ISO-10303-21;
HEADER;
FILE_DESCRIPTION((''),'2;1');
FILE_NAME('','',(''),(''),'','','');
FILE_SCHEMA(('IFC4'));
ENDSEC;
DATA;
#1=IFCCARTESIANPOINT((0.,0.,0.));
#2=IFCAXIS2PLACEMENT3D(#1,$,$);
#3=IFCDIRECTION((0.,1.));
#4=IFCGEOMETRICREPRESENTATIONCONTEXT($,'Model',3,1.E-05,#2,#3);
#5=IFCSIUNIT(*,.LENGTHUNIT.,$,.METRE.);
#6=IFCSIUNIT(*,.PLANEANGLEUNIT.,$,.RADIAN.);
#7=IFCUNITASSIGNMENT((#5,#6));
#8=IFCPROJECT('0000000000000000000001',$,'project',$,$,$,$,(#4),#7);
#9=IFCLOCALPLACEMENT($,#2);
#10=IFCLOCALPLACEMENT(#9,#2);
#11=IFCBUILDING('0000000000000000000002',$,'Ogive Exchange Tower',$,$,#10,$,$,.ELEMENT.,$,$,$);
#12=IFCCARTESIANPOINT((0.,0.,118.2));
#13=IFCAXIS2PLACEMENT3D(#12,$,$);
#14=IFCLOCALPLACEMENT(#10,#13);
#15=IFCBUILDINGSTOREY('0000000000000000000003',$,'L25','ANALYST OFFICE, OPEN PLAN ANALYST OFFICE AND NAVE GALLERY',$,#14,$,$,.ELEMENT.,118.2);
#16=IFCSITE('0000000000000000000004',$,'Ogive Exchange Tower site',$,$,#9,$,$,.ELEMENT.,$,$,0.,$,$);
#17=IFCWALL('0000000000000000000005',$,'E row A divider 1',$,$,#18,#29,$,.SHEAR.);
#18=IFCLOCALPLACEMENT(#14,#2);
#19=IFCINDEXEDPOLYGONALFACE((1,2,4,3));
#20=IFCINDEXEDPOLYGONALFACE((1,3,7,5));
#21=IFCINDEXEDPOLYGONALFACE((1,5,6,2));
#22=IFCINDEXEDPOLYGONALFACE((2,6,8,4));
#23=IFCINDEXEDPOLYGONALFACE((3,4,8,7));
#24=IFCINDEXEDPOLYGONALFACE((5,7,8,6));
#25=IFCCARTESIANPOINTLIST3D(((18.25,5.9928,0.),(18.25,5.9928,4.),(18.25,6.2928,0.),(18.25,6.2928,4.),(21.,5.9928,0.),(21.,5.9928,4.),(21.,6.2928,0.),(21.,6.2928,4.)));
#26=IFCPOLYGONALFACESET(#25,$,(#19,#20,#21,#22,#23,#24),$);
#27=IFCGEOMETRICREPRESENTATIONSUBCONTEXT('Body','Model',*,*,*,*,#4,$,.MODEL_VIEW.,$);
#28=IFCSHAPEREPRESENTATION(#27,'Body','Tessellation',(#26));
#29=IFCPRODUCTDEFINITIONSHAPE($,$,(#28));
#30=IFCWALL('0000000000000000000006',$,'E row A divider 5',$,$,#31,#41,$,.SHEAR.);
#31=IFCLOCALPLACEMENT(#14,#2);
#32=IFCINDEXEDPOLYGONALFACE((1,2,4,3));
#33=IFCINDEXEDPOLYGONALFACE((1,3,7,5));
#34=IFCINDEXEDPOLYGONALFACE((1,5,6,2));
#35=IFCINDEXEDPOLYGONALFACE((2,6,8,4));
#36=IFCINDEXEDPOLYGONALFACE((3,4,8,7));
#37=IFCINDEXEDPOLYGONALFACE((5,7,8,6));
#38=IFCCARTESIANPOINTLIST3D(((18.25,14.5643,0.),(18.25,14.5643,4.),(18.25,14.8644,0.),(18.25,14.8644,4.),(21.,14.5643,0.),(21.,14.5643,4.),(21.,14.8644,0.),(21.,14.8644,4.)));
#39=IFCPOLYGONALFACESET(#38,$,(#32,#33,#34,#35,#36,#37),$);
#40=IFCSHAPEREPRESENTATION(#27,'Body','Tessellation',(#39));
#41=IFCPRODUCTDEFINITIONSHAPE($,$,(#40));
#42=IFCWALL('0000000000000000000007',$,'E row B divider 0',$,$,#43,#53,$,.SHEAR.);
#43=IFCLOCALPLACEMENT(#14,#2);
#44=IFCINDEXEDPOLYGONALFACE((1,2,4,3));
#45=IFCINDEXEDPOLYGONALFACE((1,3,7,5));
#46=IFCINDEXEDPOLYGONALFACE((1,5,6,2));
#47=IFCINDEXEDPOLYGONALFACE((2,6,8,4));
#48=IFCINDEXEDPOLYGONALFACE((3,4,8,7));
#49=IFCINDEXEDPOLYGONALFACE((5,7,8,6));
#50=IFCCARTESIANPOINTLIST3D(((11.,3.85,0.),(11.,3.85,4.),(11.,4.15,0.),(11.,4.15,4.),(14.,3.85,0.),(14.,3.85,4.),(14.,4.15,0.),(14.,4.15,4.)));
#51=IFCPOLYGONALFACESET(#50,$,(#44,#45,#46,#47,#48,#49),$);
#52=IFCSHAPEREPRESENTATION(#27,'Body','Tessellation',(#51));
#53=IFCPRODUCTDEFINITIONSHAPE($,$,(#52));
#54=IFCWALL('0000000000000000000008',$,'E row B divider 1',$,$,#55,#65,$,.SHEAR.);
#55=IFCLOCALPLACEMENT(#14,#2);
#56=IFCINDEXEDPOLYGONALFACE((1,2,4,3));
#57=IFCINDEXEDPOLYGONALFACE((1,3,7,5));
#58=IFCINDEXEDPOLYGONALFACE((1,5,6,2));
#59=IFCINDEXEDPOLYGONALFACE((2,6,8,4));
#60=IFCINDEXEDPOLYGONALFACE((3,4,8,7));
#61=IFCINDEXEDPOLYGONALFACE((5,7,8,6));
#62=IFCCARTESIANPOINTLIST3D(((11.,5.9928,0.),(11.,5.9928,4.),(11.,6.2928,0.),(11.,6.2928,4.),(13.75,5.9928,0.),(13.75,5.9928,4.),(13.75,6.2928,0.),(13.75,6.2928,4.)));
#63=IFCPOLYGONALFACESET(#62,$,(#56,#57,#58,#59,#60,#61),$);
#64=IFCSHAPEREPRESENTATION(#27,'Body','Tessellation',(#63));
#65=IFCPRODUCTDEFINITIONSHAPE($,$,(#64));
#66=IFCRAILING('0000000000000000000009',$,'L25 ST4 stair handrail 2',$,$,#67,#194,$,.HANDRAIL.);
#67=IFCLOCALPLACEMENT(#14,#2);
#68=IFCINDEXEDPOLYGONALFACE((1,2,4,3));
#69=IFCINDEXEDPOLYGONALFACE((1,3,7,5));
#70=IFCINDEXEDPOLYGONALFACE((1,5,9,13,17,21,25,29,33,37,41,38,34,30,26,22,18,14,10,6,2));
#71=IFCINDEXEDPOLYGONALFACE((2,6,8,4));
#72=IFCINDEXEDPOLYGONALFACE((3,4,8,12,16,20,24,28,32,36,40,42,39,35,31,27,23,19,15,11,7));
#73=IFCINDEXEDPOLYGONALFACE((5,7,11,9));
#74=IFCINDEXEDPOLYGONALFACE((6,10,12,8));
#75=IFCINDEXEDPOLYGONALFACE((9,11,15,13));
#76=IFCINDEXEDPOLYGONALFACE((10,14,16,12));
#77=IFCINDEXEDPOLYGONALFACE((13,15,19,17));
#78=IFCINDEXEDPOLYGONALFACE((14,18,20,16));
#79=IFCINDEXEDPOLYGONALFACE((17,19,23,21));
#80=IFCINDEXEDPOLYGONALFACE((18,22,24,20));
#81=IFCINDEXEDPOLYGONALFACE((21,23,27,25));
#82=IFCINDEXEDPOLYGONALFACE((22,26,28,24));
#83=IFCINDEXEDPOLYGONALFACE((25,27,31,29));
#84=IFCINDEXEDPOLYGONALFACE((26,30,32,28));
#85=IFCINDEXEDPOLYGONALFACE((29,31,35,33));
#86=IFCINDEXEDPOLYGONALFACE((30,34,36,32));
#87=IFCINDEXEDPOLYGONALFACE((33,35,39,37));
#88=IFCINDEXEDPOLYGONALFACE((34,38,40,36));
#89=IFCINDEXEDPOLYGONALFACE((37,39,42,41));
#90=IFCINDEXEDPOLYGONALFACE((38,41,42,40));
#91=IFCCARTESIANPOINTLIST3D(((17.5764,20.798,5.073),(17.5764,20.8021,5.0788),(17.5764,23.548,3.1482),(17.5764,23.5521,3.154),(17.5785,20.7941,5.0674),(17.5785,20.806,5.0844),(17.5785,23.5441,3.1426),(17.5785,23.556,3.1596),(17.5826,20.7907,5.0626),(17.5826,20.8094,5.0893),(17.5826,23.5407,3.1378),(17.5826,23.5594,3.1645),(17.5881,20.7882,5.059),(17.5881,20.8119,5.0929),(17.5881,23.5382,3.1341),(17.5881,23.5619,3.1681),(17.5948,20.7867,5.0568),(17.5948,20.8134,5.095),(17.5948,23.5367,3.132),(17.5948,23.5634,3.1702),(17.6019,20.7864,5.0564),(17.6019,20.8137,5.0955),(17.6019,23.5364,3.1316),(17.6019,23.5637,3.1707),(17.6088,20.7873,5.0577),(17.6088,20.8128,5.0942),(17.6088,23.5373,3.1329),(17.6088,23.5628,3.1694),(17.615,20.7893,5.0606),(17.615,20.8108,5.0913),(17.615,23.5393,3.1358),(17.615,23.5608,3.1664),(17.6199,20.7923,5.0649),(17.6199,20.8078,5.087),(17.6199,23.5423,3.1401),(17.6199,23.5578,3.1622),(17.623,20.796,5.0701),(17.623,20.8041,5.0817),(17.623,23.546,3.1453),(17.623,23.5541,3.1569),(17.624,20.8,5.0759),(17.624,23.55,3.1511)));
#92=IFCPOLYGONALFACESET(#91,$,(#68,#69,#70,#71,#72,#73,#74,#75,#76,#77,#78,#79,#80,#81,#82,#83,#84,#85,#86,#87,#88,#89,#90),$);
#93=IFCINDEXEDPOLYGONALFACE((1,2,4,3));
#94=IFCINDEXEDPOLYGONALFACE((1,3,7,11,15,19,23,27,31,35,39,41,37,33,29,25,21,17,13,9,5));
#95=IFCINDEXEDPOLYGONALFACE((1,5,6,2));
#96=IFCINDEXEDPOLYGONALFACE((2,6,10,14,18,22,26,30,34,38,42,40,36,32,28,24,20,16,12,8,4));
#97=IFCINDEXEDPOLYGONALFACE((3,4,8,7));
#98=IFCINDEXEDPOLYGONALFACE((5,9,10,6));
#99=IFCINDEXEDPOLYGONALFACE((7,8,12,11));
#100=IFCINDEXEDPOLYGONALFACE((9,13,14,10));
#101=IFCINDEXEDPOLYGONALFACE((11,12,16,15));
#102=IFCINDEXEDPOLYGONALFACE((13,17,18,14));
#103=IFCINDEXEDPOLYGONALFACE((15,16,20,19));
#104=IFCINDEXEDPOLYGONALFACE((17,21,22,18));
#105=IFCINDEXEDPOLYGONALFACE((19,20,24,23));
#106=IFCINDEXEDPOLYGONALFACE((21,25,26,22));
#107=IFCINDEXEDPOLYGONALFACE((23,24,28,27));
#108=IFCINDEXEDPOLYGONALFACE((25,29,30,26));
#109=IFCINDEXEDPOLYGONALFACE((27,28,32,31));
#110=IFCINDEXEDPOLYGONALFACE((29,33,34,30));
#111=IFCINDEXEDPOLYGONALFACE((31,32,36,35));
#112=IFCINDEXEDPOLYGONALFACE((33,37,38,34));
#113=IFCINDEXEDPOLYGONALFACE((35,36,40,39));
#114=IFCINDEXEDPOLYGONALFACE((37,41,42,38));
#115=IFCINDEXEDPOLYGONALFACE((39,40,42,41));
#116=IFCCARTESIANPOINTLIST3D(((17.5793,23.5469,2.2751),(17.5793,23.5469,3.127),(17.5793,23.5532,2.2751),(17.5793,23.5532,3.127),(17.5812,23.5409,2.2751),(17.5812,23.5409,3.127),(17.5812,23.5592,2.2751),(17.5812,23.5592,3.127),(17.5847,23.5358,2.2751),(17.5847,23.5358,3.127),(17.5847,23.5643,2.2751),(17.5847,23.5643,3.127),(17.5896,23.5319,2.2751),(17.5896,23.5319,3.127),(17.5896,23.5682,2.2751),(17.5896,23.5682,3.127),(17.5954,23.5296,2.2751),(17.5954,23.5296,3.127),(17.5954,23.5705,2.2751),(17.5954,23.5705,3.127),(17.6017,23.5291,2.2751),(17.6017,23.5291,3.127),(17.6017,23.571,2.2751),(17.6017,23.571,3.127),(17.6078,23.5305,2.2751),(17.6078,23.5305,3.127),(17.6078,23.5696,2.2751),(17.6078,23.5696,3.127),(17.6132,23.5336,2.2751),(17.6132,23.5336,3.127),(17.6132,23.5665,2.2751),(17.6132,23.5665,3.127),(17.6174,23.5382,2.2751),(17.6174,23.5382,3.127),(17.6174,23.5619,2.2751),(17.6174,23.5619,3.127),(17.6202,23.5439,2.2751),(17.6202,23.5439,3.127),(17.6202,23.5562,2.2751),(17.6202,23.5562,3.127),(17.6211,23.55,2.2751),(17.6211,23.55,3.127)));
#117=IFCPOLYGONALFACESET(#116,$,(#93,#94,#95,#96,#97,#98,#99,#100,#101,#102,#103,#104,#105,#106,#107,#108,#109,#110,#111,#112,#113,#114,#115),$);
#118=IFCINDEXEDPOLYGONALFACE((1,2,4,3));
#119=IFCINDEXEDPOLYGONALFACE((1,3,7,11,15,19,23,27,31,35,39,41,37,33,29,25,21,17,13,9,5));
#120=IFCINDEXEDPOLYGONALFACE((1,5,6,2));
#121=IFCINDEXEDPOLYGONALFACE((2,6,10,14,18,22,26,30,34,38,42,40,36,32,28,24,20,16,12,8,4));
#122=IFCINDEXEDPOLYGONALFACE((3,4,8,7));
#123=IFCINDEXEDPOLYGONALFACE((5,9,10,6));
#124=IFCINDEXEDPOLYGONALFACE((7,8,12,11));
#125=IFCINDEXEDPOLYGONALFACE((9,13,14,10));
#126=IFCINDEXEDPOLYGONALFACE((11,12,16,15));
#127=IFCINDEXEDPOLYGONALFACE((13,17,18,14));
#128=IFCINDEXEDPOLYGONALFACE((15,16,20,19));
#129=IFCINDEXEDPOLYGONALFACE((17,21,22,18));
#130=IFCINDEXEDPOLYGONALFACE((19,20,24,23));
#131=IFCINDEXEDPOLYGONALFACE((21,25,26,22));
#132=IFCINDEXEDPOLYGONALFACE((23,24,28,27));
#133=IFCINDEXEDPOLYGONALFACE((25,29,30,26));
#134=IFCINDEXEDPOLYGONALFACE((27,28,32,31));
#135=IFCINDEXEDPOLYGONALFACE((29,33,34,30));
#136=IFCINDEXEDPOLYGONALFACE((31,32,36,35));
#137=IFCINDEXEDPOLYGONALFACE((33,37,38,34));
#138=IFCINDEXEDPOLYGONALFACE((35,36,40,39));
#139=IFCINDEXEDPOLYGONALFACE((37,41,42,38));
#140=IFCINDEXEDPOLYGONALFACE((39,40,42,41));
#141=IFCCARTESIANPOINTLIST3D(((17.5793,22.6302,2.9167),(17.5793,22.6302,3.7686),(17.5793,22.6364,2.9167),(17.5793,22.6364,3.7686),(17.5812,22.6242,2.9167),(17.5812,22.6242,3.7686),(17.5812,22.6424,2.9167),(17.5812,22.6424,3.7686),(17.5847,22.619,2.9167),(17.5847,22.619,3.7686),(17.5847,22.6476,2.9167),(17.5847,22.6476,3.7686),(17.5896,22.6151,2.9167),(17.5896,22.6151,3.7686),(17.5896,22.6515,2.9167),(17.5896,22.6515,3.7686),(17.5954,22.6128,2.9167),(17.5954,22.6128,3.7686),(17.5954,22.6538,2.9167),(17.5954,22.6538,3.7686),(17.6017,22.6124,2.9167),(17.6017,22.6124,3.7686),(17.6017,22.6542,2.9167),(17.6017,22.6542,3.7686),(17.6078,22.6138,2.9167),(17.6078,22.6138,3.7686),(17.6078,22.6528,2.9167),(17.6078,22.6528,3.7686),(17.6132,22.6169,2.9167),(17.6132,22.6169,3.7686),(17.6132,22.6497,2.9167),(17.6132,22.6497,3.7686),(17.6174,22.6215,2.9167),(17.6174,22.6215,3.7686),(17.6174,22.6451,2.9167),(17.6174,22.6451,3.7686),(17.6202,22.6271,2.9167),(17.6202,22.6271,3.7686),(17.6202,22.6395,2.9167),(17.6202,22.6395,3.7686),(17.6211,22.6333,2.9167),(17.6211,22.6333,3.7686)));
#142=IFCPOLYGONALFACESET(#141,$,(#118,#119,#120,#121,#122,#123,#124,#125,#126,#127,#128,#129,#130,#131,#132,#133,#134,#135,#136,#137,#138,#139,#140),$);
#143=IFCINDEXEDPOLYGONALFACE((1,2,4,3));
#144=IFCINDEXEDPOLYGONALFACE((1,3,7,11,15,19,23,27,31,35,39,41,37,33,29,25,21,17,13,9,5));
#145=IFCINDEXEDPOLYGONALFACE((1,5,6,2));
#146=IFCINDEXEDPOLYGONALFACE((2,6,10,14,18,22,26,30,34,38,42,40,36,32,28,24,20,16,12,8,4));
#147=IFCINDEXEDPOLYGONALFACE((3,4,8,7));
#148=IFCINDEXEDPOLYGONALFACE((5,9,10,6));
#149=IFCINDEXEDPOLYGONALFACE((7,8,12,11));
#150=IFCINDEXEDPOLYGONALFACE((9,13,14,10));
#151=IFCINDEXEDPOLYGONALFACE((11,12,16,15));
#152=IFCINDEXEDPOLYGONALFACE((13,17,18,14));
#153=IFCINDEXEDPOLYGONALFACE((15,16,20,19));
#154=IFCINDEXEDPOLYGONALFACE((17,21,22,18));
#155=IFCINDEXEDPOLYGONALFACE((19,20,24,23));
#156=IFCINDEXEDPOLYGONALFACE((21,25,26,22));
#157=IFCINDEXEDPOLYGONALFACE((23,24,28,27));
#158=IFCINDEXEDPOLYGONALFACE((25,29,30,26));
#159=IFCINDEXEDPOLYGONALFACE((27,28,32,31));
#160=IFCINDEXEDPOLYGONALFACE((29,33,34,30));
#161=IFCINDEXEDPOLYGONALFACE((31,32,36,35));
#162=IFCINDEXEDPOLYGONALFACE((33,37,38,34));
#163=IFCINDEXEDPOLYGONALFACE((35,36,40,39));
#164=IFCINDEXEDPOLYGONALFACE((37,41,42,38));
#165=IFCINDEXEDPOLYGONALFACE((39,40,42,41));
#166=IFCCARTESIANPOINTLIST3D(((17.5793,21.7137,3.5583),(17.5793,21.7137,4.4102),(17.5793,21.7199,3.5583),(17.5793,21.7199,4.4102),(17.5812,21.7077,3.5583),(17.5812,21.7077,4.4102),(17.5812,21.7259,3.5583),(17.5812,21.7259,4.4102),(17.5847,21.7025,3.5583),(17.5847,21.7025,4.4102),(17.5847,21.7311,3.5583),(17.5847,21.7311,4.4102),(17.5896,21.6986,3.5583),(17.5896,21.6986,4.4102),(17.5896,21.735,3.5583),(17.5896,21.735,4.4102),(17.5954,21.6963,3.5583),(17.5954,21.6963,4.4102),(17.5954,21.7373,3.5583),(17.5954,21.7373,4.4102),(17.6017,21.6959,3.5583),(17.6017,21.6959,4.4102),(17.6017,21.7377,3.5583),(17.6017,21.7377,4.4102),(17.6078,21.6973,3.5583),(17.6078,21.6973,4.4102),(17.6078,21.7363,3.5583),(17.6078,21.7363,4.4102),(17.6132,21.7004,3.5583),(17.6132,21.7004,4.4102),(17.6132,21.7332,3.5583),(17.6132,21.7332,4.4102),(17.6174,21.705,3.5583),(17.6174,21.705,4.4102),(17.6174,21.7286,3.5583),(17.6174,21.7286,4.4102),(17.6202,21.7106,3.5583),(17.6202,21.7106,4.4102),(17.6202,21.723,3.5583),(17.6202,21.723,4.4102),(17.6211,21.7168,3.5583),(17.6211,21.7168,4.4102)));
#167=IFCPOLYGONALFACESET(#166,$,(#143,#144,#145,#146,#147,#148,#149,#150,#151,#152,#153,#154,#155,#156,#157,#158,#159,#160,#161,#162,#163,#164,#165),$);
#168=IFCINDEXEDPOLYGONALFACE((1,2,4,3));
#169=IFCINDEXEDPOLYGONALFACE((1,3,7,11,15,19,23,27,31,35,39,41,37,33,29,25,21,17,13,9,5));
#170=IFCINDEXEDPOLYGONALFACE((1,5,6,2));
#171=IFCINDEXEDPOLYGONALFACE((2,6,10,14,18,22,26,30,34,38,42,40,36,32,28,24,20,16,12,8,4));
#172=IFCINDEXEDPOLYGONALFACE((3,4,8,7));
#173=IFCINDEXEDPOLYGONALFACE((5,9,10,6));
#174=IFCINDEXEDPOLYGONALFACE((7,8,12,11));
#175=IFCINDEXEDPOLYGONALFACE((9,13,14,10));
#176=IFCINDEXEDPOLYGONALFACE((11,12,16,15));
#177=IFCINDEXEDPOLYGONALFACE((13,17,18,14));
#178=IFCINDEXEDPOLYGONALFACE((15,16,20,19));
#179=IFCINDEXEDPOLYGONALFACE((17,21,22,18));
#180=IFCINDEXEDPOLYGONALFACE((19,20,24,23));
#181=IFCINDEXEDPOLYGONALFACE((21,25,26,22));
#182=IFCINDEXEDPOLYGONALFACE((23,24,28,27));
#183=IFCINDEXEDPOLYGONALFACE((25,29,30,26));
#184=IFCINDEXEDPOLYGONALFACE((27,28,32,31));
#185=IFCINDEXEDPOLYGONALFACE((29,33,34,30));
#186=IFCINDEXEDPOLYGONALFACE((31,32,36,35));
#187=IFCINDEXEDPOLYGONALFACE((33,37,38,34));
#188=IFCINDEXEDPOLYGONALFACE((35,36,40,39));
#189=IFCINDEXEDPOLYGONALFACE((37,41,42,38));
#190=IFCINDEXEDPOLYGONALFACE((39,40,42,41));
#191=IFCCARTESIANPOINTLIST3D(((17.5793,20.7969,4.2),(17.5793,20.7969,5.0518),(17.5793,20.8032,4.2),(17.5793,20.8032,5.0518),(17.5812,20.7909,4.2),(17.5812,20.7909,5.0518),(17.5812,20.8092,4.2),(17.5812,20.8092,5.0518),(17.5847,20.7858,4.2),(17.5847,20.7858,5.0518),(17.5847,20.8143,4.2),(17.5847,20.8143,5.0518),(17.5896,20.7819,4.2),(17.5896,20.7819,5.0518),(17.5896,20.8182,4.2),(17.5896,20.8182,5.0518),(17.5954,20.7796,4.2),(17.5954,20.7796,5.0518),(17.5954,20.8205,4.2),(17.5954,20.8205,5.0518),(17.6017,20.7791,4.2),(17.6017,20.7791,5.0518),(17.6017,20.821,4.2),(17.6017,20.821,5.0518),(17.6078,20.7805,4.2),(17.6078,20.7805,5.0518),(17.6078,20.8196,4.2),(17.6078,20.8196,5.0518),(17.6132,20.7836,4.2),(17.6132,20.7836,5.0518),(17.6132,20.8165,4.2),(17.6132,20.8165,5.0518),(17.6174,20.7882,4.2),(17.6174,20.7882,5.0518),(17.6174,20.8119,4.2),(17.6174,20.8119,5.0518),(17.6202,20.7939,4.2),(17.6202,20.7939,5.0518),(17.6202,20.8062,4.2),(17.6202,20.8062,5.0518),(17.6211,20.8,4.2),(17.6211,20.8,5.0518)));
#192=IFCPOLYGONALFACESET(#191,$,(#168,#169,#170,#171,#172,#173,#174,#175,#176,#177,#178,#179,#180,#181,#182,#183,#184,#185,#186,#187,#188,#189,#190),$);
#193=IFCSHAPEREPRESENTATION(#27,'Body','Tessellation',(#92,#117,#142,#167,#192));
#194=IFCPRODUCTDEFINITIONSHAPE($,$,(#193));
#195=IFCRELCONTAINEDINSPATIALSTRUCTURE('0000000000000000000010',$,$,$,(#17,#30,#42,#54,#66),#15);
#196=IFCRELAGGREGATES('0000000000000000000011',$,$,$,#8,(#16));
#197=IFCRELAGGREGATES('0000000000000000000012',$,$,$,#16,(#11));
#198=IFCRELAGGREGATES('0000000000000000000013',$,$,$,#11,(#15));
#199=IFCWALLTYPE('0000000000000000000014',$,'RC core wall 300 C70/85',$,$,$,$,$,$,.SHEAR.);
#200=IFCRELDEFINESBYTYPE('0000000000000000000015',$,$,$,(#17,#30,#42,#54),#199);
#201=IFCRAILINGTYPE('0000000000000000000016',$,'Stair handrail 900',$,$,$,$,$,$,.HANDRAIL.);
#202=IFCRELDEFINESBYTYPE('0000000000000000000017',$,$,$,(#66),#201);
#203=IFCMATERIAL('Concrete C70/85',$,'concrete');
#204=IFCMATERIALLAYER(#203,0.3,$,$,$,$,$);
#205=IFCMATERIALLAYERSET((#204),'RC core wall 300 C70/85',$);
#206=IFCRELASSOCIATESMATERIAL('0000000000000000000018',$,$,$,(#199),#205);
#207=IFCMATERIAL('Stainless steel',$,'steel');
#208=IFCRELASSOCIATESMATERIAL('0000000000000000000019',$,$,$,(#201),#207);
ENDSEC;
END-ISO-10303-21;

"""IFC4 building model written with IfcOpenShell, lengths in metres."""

from ifc_helpers import new_model, si_unit, direction, frame, frame_2d, origin, origin_2d, place, context, subcontext, project, spatial, rectangle, circle, extrude, material, layer, layer_set, type_object, element, save


model = new_model("IFC4")

# Units and contexts
model_context = context("Model", 3, precision=1e-05, world=origin(), true_north=direction((0.0, 1.0)))
body_context = subcontext(model_context, "Body", "Model", "MODEL_VIEW")
ifc_project = project(units=[si_unit("LENGTHUNIT", "METRE"), si_unit("PLANEANGLEUNIT", "RADIAN")], contexts=[model_context])

# Site, building, storey
site_placement = place(None, origin())
site = spatial("IfcSite", under=ifc_project, at=site_placement, Name="Ogive Exchange Tower site", CompositionType="ELEMENT", RefElevation=0.0)
building_placement = place(site_placement, origin())
building = spatial("IfcBuilding", under=site, at=building_placement, Name="Ogive Exchange Tower", CompositionType="ELEMENT")
storey_placement = place(building_placement, frame((0.0, 0.0, 118.2)))
storey = spatial("IfcBuildingStorey", under=building, at=storey_placement, Name="L25", Description="ANALYST OFFICE, OPEN PLAN ANALYST OFFICE AND NAVE GALLERY", CompositionType="ELEMENT", Elevation=118.2)

# Shared definitions
ifc_material_1 = material(Name="Concrete C70/85", Category="concrete")

# Shared definitions
ifc_material_2 = material(Name="Stainless steel", Category="steel")

# Walls
ifc_layer_1 = layer(ifc_material_1, 0.3)
ifc_layer_set_1 = layer_set([ifc_layer_1], Name="RC core wall 300 C70/85")
wall_type_1 = type_object("IfcWallType", Name="RC core wall 300 C70/85", PredefinedType="SHEAR", material=ifc_layer_set_1)
for number, where, z_axis, x_axis, name in (
    (1, (18.25, 6.1428, 0.0), (0.0, 0.0, 1.0), (1.0, 0.0, 0.0), "E row A divider 1"),
    (2, (18.25, 14.7144, 0.0), (0.0, 0.0, 1.0), (1.0, 0.0, 0.0), "E row A divider 5"),
):
    element("IfcWall", number, at=place(storey_placement, frame(where, z_axis=z_axis, x_axis=x_axis)), inside=storey, type_object=wall_type_1, Name=name, PredefinedType="SHEAR", context=body_context, shape_type="SweptSolid", body=[
        extrude(rectangle(XDim=2.75, YDim=0.3, at=frame_2d((1.375, 0.0))), origin(), (0.0, 0.0, 1.0), 4.0),
    ])
wall_1_placement = place(storey_placement, frame((11.0, 4.0, 0.0), z_axis=(0.0, 0.0, 1.0), x_axis=(1.0, 0.0, 0.0)))
element("IfcWall", 3, at=wall_1_placement, inside=storey, type_object=wall_type_1, Name="E row B divider 0", PredefinedType="SHEAR", context=body_context, shape_type="SweptSolid", body=[
    extrude(rectangle(XDim=3.0, YDim=0.3, at=frame_2d((1.5, 0.0))), origin(), (0.0, 0.0, 1.0), 4.0),
])
wall_2_placement = place(storey_placement, frame((11.0, 6.1428, 0.0), z_axis=(0.0, 0.0, 1.0), x_axis=(1.0, 0.0, 0.0)))
element("IfcWall", 4, at=wall_2_placement, inside=storey, type_object=wall_type_1, Name="E row B divider 1", PredefinedType="SHEAR", context=body_context, shape_type="SweptSolid", body=[
    extrude(rectangle(XDim=2.75, YDim=0.3, at=frame_2d((1.375, 0.0))), origin(), (0.0, 0.0, 1.0), 4.0),
])

# Railing
railing_type = type_object("IfcRailingType", Name="Stair handrail 900", PredefinedType="HANDRAIL", material=ifc_material_2)
railing_placement = place(storey_placement, frame((17.6001, 23.55, 2.2751)))
element("IfcRailing", 5, at=railing_placement, inside=storey, type_object=railing_type, Name="L25 ST4 stair handrail 2", PredefinedType="HANDRAIL", context=body_context, shape_type="SweptSolid", body=[
    extrude(circle(Radius=0.0239, at=origin_2d()), frame((0.0, 0.0, 0.876), z_axis=(0.0, -0.819259, 0.573423), x_axis=(1.0, 0.0, 0.0)), (0.0, 0.0, 1.0), 3.3567),
    extrude(circle(Radius=0.021, at=origin_2d()), origin(), (0.0, 0.0, 1.0), 0.8518),
    extrude(circle(Radius=0.021, at=origin_2d()), frame((0.0, -0.9167, 0.6416)), (0.0, 0.0, 1.0), 0.8518),
    extrude(circle(Radius=0.021, at=origin_2d()), frame((0.0, -1.8333, 1.2832)), (0.0, 0.0, 1.0), 0.8518),
    extrude(circle(Radius=0.021, at=origin_2d()), frame((0.0, -2.75, 1.9248)), (0.0, 0.0, 1.0), 0.8518),
])

save(model, "model.ifc")
